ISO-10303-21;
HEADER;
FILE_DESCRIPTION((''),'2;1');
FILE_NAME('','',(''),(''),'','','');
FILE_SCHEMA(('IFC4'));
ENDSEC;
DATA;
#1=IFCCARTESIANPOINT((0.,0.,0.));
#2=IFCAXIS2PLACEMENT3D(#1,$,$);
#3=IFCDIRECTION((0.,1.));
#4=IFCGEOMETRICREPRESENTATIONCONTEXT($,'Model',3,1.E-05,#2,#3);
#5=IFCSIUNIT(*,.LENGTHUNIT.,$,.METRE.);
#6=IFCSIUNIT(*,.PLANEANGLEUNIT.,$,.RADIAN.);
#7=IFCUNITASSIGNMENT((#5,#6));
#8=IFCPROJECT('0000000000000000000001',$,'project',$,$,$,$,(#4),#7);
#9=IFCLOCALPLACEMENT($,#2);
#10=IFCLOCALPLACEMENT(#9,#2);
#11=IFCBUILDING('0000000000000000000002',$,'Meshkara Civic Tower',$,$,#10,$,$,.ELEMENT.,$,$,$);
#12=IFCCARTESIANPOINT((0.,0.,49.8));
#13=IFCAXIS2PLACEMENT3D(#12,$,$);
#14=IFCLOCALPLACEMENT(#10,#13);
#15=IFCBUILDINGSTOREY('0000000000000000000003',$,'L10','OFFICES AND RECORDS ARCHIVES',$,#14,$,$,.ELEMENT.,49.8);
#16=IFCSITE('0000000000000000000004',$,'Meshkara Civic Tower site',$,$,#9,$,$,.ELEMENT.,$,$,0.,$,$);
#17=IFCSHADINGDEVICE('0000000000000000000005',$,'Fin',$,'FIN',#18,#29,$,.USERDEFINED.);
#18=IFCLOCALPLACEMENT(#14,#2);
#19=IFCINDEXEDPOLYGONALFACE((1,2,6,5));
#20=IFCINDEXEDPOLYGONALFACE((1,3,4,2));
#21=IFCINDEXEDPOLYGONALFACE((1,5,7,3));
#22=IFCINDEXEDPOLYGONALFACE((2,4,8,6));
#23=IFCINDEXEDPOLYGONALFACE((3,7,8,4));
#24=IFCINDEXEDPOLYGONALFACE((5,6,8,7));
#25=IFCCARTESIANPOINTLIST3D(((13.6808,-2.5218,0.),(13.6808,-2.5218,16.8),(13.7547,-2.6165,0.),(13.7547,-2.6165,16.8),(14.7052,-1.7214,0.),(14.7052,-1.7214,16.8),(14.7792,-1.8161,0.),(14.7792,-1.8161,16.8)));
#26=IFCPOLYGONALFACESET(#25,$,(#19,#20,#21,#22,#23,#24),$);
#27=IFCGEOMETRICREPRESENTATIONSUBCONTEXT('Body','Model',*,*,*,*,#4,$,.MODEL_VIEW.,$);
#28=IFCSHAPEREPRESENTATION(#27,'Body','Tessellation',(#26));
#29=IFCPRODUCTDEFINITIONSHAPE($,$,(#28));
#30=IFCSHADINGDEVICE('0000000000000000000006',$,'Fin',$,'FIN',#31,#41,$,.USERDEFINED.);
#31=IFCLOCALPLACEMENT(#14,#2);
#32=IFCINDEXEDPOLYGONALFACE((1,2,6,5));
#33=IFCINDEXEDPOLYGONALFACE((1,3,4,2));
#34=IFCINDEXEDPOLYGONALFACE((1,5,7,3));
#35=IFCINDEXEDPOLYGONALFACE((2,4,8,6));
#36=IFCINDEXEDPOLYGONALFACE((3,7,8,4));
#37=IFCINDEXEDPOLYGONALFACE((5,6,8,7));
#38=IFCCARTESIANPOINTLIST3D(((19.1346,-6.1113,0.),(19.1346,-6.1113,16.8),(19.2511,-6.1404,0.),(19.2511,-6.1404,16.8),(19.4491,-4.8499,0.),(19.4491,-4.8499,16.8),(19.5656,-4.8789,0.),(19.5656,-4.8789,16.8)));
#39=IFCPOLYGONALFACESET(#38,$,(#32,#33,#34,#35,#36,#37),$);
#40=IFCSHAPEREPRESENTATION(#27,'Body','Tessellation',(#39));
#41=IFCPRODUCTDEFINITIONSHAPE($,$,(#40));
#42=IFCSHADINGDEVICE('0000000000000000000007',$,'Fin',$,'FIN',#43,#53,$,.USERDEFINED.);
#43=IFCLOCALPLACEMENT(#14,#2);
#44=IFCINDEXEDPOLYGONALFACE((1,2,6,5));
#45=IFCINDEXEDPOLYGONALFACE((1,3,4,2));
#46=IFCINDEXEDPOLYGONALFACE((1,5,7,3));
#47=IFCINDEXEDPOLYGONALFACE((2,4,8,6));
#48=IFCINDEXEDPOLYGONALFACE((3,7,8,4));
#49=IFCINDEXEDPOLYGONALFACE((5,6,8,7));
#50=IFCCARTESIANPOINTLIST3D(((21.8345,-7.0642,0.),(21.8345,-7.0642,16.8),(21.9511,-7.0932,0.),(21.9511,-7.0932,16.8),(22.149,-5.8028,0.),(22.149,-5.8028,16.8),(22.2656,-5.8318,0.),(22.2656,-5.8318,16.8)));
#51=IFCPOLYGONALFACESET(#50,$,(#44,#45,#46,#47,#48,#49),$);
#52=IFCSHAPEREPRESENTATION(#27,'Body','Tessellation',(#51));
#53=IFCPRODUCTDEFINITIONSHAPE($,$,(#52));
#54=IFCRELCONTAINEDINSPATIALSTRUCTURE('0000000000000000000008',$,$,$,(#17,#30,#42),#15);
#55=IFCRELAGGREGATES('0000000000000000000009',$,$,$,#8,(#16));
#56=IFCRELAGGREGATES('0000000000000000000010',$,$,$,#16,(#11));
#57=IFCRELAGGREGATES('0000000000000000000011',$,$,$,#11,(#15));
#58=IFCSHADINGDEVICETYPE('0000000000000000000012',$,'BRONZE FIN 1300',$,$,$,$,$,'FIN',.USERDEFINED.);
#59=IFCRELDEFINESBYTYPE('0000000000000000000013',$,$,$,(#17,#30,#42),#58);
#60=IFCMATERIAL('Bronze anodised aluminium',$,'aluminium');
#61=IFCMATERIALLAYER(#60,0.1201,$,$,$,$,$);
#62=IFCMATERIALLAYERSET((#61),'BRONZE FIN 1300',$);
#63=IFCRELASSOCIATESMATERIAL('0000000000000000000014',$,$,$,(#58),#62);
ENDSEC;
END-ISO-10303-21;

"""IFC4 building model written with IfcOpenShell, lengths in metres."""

from ifc_helpers import new_model, si_unit, direction, frame, origin, origin_2d, place, context, subcontext, project, spatial, rectangle, extrude, material, layer, layer_set, type_object, element, save


model = new_model("IFC4")

# Units and contexts
model_context = context("Model", 3, precision=1e-05, world=origin(), true_north=direction((0.0, 1.0)))
body_context = subcontext(model_context, "Body", "Model", "MODEL_VIEW")
ifc_project = project(units=[si_unit("LENGTHUNIT", "METRE"), si_unit("PLANEANGLEUNIT", "RADIAN")], contexts=[model_context])

# Site, building, storey
site_placement = place(None, origin())
site = spatial("IfcSite", under=ifc_project, at=site_placement, Name="Meshkara Civic Tower site", CompositionType="ELEMENT", RefElevation=0.0)
building_placement = place(site_placement, origin())
building = spatial("IfcBuilding", under=site, at=building_placement, Name="Meshkara Civic Tower", CompositionType="ELEMENT")
storey_placement = place(building_placement, frame((0.0, 0.0, 49.8)))
storey = spatial("IfcBuildingStorey", under=building, at=storey_placement, Name="L10", Description="OFFICES AND RECORDS ARCHIVES", CompositionType="ELEMENT", Elevation=49.8)

# Shading devices
ifc_material_1 = material(Name="Bronze anodised aluminium", Category="aluminium")
ifc_layer_1 = layer(ifc_material_1, 0.1201)
ifc_layer_set_1 = layer_set([ifc_layer_1], Name="BRONZE FIN 1300")
shading_device_type = type_object("IfcShadingDeviceType", Name="BRONZE FIN 1300", ElementType="FIN", PredefinedType="USERDEFINED", material=ifc_layer_set_1)
for number, where, z_axis, x_axis, name in (
    (1, (14.23, -2.1689, 0.0), (0.0, 0.0, 1.0), (0.615661, -0.788011, 0.0), "Fin"),
    (2, (19.3501, -5.4951, 0.0), (0.0, 0.0, 1.0), (0.970296, -0.241922, 0.0), "Fin"),
    (3, (22.05, -6.448, 0.0), (0.0, 0.0, 1.0), (0.970296, -0.241922, 0.0), "Fin"),
):
    element("IfcShadingDevice", number, at=place(storey_placement, frame(where, z_axis=z_axis, x_axis=x_axis)), inside=storey, type_object=shading_device_type, Name=name, ObjectType="FIN", PredefinedType="USERDEFINED", context=body_context, shape_type="SweptSolid", body=[
        extrude(rectangle(XDim=0.1201, YDim=1.3, at=origin_2d()), origin(), (0.0, 0.0, 1.0), 16.8),
    ])

save(model, "model.ifc")
